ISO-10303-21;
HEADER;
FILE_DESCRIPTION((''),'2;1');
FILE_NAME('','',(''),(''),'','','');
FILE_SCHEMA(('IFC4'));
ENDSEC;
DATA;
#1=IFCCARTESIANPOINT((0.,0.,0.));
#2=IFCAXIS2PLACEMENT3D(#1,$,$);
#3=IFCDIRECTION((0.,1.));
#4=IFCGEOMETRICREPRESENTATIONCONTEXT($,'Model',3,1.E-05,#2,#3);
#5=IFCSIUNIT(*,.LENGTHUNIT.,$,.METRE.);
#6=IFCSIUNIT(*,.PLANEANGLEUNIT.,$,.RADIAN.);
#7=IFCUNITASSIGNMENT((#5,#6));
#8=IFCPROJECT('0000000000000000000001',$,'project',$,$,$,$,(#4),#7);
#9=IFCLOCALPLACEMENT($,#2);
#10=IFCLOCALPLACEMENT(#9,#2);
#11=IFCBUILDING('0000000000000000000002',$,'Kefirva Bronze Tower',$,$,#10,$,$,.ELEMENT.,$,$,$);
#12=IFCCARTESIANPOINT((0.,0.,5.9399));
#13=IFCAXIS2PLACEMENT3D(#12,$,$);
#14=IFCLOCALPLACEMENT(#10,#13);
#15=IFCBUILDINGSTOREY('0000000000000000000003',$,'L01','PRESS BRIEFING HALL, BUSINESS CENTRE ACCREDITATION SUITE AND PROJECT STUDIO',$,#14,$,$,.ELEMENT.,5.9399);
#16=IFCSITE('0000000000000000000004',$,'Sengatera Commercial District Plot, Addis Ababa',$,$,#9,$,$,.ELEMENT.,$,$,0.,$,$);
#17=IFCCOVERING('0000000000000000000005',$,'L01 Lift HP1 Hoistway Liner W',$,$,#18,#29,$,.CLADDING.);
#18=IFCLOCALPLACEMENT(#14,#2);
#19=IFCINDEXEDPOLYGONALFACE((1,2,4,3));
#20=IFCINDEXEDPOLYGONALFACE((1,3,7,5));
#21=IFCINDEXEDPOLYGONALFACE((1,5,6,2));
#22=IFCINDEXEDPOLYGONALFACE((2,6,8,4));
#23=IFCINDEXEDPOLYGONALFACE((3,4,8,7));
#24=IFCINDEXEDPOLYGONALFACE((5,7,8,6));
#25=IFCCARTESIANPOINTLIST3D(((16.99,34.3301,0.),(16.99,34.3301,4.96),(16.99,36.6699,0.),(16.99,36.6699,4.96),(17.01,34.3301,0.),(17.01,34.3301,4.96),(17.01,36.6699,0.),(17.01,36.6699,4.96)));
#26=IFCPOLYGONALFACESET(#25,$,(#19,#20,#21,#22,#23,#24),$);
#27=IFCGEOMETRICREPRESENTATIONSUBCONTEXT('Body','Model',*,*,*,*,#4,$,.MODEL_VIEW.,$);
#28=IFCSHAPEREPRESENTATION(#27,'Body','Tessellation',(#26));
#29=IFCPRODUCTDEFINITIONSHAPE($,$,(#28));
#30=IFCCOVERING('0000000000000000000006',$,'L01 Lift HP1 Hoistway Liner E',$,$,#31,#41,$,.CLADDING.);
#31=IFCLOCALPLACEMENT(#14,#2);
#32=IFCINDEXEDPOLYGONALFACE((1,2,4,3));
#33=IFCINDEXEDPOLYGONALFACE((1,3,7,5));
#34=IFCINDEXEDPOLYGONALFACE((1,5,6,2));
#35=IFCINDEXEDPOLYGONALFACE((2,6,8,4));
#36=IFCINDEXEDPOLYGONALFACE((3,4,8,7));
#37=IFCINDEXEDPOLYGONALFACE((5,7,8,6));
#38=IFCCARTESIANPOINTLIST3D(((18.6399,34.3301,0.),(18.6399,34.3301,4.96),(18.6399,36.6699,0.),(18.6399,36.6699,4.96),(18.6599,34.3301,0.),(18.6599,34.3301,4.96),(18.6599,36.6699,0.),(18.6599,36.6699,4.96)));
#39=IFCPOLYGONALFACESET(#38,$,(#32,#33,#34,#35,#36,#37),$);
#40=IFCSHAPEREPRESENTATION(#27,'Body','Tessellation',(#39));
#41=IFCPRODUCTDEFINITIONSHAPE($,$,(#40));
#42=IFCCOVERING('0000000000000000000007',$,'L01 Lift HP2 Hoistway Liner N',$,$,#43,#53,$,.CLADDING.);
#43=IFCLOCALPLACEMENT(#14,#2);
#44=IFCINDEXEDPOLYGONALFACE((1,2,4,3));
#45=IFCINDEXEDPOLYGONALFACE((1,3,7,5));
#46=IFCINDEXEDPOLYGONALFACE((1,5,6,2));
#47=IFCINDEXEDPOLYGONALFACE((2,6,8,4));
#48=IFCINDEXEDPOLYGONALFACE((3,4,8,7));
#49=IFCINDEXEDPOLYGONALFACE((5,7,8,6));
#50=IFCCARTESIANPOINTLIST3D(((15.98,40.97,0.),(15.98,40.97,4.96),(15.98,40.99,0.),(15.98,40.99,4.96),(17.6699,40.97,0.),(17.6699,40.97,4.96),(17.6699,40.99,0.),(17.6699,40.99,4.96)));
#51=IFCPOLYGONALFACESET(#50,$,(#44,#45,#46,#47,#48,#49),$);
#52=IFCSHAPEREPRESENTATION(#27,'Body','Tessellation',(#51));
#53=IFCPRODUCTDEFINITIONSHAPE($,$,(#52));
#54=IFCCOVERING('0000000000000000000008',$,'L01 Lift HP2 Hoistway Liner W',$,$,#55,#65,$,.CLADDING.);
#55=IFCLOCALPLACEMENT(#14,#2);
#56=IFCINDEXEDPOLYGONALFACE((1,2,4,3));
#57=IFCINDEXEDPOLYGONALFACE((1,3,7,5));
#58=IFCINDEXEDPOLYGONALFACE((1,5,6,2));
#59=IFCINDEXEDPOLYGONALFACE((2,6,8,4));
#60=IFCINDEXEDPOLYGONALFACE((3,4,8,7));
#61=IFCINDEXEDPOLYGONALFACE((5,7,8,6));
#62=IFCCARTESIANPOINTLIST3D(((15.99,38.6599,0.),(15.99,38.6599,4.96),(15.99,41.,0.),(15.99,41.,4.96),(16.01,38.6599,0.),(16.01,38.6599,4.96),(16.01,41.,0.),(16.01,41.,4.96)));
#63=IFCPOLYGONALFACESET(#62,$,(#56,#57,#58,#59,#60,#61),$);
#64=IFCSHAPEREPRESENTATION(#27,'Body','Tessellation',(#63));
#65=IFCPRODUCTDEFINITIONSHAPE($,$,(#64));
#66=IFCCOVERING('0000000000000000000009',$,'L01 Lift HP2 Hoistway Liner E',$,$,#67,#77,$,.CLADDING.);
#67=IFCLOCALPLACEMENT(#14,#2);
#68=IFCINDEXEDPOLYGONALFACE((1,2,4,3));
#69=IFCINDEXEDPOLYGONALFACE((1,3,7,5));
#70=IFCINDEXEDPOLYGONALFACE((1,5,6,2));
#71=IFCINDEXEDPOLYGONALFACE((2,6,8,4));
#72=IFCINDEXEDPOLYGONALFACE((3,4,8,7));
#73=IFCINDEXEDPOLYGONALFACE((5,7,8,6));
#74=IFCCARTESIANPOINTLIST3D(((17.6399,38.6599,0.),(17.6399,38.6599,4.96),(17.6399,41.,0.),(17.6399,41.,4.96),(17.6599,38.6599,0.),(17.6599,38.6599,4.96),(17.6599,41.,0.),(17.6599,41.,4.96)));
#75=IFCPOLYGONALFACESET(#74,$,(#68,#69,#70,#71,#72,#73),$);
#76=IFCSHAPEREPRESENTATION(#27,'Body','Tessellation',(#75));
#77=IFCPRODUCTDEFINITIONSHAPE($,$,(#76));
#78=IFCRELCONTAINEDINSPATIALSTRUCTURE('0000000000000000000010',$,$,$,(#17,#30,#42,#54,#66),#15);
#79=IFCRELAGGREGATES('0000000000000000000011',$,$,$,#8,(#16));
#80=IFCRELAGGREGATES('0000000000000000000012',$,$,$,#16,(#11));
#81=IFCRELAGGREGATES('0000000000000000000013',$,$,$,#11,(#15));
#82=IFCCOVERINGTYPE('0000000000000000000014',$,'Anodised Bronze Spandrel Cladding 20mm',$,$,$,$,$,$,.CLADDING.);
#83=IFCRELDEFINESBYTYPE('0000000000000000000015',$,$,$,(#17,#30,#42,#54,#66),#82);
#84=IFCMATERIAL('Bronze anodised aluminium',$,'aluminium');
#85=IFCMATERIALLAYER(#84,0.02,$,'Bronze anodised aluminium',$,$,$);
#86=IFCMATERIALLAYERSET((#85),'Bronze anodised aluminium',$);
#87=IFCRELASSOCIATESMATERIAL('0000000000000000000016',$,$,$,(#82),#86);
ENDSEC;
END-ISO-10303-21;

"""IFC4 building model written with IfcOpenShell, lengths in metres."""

from ifc_helpers import new_model, si_unit, direction, frame, origin, place, context, subcontext, project, spatial, polyline, outline, extrude, material, layer, layer_set, type_object, element, save


model = new_model("IFC4")

# Units and contexts
model_context = context("Model", 3, precision=1e-05, world=origin(), true_north=direction((0.0, 1.0)))
body_context = subcontext(model_context, "Body", "Model", "MODEL_VIEW")
ifc_project = project(units=[si_unit("LENGTHUNIT", "METRE"), si_unit("PLANEANGLEUNIT", "RADIAN")], contexts=[model_context])

# Site, building, storey
site_placement = place(None, origin())
site = spatial("IfcSite", under=ifc_project, at=site_placement, Name="Sengatera Commercial District Plot, Addis Ababa", CompositionType="ELEMENT", RefElevation=0.0)
building_placement = place(site_placement, origin())
building = spatial("IfcBuilding", under=site, at=building_placement, Name="Kefirva Bronze Tower", CompositionType="ELEMENT")
storey_placement = place(building_placement, frame((0.0, 0.0, 5.9399)))
storey = spatial("IfcBuildingStorey", under=building, at=storey_placement, Name="L01", Description="PRESS BRIEFING HALL, BUSINESS CENTRE ACCREDITATION SUITE AND PROJECT STUDIO", CompositionType="ELEMENT", Elevation=5.9399)

# Coverings
ifc_material = material(Name="Bronze anodised aluminium", Category="aluminium")
ifc_layer = layer(ifc_material, 0.02, Name="Bronze anodised aluminium")
ifc_layer_set = layer_set([ifc_layer], Name="Bronze anodised aluminium")
covering_type = type_object("IfcCoveringType", Name="Anodised Bronze Spandrel Cladding 20mm", PredefinedType="CLADDING", material=ifc_layer_set)
covering_1_placement = place(storey_placement, origin())
element("IfcCovering", 1, at=covering_1_placement, inside=storey, type_object=covering_type, Name="L01 Lift HP1 Hoistway Liner W", PredefinedType="CLADDING", context=body_context, shape_type="SweptSolid", body=[
    extrude(outline(polyline([(16.99, 34.3301), (17.01, 34.3301), (17.01, 36.6699), (16.99, 36.6699), (16.99, 34.3301)])), origin(), (0.0, 0.0, 1.0), 4.96),
])
covering_2_placement = place(storey_placement, origin())
element("IfcCovering", 2, at=covering_2_placement, inside=storey, type_object=covering_type, Name="L01 Lift HP1 Hoistway Liner E", PredefinedType="CLADDING", context=body_context, shape_type="SweptSolid", body=[
    extrude(outline(polyline([(18.6399, 34.3301), (18.6599, 34.3301), (18.6599, 36.6699), (18.6399, 36.6699), (18.6399, 34.3301)])), origin(), (0.0, 0.0, 1.0), 4.96),
])
covering_3_placement = place(storey_placement, origin())
element("IfcCovering", 3, at=covering_3_placement, inside=storey, type_object=covering_type, Name="L01 Lift HP2 Hoistway Liner N", PredefinedType="CLADDING", context=body_context, shape_type="SweptSolid", body=[
    extrude(outline(polyline([(15.98, 40.97), (17.6699, 40.97), (17.6699, 40.99), (15.98, 40.99), (15.98, 40.97)])), origin(), (0.0, 0.0, 1.0), 4.96),
])
covering_4_placement = place(storey_placement, origin())
element("IfcCovering", 4, at=covering_4_placement, inside=storey, type_object=covering_type, Name="L01 Lift HP2 Hoistway Liner W", PredefinedType="CLADDING", context=body_context, shape_type="SweptSolid", body=[
    extrude(outline(polyline([(15.99, 38.6599), (16.01, 38.6599), (16.01, 41.0), (15.99, 41.0), (15.99, 38.6599)])), origin(), (0.0, 0.0, 1.0), 4.96),
])
covering_5_placement = place(storey_placement, origin())
element("IfcCovering", 5, at=covering_5_placement, inside=storey, type_object=covering_type, Name="L01 Lift HP2 Hoistway Liner E", PredefinedType="CLADDING", context=body_context, shape_type="SweptSolid", body=[
    extrude(outline(polyline([(17.6399, 38.6599), (17.6599, 38.6599), (17.6599, 41.0), (17.6399, 41.0), (17.6399, 38.6599)])), origin(), (0.0, 0.0, 1.0), 4.96),
])

save(model, "model.ifc")
